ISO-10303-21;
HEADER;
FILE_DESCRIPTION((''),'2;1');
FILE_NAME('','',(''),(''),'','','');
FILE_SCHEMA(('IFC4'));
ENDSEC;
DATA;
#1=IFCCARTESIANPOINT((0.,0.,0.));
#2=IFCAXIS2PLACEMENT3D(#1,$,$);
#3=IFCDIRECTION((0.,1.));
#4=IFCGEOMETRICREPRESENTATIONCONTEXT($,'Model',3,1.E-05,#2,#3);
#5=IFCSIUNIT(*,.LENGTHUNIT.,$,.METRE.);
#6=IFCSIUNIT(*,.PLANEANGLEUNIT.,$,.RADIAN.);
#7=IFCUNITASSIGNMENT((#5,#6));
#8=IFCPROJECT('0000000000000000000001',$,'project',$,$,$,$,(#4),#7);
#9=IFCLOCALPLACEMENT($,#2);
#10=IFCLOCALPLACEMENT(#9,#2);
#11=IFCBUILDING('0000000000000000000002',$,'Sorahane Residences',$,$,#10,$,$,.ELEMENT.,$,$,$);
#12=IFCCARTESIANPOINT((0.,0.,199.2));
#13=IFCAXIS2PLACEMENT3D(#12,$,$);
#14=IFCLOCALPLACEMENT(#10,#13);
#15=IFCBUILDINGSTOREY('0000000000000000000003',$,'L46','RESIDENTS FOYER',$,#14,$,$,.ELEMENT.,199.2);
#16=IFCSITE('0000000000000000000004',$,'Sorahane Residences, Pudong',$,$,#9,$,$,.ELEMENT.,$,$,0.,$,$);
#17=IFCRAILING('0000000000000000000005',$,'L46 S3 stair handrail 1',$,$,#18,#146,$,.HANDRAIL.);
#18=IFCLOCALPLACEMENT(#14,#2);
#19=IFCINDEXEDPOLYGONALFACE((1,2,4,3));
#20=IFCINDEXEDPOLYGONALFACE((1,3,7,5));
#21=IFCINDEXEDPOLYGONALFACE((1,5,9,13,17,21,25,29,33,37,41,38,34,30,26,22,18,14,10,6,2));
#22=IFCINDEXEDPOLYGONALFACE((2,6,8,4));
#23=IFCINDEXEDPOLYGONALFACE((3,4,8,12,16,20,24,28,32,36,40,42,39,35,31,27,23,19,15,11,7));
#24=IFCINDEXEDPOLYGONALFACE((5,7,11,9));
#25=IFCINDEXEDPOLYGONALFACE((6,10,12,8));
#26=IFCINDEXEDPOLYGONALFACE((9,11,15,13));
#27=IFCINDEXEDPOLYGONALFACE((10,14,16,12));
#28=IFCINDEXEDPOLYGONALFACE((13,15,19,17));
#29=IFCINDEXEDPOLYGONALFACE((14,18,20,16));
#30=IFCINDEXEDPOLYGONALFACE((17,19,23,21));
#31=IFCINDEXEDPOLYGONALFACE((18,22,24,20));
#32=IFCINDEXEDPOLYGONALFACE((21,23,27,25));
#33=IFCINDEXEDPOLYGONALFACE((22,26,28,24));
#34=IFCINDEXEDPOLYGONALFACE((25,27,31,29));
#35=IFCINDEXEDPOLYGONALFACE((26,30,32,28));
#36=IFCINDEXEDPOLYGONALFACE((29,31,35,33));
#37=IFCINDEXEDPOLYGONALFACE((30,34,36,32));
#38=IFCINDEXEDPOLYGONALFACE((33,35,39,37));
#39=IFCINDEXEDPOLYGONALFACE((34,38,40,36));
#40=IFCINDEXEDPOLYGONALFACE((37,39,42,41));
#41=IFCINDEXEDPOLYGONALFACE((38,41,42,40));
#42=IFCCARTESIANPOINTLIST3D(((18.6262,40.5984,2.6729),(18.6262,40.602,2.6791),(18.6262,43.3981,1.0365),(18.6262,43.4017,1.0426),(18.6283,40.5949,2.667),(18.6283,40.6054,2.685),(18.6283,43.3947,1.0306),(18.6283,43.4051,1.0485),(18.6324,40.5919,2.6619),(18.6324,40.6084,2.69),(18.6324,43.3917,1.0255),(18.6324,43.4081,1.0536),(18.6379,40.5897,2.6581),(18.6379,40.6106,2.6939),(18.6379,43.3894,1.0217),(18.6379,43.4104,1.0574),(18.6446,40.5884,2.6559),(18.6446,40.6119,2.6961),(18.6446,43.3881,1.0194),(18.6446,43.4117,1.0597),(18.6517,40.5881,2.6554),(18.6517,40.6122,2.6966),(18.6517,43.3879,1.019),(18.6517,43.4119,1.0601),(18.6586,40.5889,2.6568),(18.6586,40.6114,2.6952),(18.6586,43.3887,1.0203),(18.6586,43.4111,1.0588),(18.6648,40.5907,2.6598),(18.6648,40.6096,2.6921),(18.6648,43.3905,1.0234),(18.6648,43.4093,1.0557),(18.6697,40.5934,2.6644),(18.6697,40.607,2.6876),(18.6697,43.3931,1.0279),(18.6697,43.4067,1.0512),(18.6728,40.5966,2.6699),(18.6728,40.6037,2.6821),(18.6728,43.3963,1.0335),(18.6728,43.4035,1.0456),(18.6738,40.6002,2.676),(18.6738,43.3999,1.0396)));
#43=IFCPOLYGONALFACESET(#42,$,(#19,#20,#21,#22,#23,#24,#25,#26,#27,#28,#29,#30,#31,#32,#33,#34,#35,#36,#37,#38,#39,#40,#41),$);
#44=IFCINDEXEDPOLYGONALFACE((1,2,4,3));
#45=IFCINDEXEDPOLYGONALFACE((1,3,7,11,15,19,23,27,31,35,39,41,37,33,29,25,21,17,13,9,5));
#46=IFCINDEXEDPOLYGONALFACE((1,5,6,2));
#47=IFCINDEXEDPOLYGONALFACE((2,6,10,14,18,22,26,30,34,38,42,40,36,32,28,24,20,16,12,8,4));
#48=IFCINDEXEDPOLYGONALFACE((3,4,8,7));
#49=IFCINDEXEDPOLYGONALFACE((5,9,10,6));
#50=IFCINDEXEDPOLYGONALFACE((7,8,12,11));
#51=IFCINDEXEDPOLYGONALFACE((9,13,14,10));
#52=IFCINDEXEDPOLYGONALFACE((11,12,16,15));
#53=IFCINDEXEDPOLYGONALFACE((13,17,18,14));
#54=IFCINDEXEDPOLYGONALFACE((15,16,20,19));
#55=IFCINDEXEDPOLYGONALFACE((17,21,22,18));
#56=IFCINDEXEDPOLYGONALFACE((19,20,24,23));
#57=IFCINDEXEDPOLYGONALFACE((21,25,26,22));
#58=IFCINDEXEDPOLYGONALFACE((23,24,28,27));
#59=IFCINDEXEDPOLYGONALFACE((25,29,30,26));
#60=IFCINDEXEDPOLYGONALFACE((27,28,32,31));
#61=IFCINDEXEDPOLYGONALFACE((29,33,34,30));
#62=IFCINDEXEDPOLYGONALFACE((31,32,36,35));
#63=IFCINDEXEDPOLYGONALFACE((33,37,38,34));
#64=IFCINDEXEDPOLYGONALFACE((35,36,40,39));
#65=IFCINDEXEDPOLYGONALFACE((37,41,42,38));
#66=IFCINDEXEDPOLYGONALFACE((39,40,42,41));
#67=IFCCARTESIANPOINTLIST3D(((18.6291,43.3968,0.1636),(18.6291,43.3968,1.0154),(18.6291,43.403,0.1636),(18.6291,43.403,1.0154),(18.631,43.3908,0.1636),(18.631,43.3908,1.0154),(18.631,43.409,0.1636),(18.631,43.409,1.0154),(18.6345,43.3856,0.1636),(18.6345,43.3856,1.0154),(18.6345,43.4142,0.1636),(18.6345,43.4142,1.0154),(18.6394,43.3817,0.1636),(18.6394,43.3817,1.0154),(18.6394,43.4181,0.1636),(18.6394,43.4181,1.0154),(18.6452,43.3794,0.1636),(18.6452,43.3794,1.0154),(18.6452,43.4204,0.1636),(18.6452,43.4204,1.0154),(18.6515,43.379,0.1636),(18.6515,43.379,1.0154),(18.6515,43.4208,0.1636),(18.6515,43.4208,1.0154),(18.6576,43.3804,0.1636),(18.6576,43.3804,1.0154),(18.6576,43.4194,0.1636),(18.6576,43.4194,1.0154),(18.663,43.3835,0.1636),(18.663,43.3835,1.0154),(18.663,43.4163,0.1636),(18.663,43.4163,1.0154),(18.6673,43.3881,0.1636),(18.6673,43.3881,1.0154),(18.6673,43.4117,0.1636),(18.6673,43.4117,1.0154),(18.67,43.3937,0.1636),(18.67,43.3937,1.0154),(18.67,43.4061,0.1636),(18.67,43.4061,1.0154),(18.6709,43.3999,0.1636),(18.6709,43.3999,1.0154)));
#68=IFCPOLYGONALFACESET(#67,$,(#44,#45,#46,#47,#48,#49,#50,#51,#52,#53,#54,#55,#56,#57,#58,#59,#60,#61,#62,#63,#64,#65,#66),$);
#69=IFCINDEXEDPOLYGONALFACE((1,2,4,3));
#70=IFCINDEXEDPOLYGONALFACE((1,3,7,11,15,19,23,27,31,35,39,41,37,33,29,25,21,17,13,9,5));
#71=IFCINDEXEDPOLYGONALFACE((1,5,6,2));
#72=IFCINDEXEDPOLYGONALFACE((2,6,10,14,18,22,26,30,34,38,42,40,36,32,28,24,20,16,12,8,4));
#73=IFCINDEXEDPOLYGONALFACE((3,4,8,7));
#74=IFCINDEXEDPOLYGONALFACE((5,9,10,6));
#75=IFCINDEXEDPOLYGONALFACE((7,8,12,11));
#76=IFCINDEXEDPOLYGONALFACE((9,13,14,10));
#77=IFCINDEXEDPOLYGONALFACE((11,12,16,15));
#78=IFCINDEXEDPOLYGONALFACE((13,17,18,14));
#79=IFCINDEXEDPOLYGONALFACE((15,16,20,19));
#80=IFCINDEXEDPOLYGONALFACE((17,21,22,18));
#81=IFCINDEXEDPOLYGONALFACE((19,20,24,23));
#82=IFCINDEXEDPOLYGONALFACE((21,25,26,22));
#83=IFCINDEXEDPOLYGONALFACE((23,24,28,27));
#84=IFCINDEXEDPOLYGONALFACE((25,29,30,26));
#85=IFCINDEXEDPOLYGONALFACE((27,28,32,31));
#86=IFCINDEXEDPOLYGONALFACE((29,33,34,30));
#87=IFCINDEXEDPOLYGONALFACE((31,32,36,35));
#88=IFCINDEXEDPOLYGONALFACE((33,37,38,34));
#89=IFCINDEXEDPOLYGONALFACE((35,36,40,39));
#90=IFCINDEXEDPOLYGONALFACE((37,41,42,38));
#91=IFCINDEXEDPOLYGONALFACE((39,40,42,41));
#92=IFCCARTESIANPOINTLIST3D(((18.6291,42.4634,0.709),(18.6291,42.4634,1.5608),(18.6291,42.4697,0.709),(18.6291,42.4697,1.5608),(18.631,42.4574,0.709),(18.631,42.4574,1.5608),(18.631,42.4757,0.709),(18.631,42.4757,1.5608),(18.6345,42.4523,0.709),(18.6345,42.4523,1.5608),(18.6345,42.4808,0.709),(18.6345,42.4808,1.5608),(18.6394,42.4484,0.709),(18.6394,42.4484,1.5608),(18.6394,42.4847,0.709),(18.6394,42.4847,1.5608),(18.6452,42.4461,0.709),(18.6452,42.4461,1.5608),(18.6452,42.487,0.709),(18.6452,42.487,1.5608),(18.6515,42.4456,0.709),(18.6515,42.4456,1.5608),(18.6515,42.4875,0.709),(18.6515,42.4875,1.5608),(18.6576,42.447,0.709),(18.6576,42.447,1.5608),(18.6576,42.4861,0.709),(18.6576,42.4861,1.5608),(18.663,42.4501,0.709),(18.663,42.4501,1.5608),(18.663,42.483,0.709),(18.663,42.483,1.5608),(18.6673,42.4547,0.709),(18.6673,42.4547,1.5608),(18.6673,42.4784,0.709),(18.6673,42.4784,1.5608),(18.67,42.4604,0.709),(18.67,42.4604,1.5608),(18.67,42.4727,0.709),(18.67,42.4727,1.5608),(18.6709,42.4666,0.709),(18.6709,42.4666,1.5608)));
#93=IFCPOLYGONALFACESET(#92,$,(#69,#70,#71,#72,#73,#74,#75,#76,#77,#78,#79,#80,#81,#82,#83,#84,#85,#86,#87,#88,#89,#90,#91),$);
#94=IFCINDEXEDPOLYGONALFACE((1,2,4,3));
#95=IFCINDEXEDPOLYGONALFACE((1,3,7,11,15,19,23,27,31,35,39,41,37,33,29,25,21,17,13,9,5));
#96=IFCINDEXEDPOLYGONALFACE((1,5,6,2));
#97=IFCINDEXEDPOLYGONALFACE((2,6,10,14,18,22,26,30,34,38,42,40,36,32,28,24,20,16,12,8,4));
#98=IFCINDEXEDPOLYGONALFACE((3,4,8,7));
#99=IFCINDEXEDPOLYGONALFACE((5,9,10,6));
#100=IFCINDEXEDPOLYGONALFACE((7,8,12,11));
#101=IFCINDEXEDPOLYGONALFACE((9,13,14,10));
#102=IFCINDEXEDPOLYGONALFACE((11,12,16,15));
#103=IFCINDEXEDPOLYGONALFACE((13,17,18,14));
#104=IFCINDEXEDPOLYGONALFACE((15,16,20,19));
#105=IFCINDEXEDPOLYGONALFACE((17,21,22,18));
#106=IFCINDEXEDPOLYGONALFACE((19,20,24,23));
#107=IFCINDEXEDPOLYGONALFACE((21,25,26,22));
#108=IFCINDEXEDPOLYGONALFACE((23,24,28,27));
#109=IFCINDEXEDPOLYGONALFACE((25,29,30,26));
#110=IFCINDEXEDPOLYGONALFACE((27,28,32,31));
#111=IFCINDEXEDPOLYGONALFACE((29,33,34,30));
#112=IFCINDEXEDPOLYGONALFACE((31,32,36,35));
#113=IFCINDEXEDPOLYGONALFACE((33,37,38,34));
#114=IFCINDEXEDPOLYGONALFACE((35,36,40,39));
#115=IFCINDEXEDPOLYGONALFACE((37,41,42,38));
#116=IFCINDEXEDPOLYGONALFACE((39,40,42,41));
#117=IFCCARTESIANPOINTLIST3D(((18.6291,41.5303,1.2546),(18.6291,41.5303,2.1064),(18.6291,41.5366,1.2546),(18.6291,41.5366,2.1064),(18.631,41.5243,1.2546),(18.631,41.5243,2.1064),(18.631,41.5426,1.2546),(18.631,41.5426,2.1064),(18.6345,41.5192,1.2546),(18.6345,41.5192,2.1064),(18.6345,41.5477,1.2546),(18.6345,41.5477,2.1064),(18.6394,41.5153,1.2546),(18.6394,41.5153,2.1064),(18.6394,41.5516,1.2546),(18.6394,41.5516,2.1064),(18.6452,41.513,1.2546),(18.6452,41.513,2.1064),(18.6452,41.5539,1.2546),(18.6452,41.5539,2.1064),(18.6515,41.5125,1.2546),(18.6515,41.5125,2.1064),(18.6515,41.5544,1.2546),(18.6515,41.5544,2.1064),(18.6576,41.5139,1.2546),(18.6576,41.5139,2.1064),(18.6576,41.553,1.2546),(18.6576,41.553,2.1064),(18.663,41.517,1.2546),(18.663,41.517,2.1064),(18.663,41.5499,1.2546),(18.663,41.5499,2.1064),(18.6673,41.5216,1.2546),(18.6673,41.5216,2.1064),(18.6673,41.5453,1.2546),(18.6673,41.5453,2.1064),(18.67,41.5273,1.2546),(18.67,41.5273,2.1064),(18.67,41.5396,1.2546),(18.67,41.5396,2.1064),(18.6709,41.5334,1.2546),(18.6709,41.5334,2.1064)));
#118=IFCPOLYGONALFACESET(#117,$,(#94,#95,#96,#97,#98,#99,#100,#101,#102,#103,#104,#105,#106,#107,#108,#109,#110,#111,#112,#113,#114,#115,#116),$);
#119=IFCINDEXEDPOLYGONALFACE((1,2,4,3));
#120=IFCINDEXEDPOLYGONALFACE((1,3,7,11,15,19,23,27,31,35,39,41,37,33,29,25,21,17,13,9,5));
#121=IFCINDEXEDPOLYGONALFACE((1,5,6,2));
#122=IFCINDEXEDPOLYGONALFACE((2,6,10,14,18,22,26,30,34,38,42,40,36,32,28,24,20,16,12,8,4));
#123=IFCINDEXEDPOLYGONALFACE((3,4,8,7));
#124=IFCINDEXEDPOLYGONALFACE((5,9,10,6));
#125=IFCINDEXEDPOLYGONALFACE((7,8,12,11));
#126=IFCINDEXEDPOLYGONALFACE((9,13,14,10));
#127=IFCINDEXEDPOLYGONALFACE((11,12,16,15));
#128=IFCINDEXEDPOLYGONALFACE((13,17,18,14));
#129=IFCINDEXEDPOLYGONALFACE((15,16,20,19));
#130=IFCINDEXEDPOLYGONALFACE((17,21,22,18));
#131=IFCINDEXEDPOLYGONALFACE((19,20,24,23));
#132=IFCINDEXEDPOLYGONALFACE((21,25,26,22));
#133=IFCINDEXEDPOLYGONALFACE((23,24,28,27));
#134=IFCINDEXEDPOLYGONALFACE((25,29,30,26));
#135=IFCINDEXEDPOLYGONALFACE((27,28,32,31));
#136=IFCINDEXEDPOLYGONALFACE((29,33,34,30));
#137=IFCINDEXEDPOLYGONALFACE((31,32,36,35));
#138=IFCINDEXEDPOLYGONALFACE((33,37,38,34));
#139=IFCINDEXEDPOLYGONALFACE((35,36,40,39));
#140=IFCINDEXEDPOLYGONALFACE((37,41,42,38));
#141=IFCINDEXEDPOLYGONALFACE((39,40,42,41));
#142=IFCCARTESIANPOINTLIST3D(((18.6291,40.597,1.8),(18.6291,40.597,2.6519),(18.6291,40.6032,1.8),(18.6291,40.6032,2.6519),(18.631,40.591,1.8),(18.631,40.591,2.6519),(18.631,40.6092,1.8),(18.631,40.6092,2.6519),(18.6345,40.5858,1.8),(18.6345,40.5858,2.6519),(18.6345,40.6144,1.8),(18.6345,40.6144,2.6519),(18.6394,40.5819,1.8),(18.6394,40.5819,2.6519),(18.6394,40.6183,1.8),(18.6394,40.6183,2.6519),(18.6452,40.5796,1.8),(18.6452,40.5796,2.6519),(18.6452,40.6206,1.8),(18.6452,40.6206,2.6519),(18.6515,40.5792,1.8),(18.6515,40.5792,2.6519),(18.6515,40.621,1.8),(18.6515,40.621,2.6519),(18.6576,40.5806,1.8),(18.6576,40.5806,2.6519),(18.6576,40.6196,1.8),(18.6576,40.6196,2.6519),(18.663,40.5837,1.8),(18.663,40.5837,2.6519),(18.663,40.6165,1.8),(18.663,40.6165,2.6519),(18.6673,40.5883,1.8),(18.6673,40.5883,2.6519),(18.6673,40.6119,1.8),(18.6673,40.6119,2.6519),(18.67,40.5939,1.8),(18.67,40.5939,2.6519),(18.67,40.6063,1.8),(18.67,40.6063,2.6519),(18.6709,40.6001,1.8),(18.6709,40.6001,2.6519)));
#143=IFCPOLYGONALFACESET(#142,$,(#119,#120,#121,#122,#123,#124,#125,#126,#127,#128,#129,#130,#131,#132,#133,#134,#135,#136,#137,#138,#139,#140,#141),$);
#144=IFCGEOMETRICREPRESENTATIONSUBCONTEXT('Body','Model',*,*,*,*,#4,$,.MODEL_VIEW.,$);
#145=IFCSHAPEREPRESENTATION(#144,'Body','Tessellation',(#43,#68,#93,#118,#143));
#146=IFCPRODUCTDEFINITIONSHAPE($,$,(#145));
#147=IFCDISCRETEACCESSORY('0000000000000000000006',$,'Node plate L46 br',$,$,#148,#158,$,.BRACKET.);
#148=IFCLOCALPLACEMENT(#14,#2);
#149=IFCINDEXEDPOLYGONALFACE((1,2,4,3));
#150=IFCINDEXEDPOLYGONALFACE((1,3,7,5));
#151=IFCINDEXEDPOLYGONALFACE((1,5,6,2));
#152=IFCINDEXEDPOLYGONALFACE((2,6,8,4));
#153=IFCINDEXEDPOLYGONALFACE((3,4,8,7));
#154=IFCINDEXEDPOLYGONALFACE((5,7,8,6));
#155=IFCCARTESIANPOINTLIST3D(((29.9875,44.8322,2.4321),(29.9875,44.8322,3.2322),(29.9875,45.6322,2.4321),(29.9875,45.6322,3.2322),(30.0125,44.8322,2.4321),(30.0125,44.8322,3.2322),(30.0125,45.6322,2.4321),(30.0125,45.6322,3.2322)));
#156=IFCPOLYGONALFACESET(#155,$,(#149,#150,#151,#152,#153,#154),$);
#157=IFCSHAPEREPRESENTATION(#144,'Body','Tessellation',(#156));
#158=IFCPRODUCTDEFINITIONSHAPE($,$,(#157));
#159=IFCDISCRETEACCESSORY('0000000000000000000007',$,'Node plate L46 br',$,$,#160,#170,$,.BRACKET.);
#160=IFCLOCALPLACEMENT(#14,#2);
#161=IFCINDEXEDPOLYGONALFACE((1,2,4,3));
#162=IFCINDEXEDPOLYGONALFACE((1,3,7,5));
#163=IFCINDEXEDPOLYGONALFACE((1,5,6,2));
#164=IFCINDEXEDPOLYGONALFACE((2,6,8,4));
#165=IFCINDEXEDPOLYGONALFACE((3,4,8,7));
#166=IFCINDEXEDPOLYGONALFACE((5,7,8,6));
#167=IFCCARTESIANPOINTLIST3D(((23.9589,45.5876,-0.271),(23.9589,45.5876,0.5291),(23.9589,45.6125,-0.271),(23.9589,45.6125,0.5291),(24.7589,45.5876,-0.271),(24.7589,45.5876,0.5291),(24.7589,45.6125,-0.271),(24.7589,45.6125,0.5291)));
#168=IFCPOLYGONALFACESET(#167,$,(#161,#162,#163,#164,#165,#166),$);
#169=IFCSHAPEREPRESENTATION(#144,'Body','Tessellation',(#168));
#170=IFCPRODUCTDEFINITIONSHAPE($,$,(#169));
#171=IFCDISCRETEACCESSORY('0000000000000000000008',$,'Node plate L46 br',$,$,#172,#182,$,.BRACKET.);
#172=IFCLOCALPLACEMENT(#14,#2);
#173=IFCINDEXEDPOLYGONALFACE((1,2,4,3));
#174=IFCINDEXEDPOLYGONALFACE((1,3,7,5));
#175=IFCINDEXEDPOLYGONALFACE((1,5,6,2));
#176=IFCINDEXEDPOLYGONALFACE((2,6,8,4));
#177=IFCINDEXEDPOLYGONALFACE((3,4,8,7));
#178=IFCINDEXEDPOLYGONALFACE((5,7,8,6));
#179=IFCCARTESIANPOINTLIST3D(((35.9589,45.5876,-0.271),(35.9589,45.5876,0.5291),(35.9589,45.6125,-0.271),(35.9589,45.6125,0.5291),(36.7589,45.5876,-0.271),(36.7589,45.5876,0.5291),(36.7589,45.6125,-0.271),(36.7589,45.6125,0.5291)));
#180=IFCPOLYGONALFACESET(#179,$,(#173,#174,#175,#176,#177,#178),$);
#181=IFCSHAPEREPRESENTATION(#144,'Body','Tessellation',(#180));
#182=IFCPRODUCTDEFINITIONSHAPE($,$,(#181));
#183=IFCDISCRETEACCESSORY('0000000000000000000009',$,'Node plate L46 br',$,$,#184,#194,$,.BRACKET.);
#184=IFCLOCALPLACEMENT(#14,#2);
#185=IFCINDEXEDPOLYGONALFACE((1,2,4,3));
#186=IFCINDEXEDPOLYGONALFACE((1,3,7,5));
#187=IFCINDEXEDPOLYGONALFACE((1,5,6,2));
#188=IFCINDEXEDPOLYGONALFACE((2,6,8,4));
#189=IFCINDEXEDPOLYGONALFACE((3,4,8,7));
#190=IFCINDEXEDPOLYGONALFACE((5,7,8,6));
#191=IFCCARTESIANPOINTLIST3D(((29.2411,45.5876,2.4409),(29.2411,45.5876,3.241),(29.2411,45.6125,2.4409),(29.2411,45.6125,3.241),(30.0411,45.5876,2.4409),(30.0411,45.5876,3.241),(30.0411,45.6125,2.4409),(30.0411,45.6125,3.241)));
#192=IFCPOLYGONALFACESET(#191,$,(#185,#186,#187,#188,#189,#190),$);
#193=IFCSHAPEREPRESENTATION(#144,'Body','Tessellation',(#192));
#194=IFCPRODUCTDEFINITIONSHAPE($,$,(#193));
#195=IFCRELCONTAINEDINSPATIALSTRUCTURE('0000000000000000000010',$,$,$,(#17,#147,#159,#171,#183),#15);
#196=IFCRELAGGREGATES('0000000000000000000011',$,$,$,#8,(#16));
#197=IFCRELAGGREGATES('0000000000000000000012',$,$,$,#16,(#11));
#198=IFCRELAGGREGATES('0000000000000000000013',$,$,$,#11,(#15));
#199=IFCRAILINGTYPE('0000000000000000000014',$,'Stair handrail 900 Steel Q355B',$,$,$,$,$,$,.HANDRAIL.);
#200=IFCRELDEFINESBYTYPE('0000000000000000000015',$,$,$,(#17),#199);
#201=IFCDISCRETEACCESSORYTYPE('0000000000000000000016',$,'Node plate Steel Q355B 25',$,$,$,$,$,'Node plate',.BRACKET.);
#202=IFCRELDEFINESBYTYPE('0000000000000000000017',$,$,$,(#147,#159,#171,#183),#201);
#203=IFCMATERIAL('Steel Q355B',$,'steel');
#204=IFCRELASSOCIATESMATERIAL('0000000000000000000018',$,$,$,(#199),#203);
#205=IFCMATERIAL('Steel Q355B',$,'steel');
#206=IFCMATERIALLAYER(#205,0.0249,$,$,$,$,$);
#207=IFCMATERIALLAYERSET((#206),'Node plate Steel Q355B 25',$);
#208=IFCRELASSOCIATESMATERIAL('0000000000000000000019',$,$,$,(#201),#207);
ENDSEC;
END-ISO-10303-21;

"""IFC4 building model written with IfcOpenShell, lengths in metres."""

from ifc_helpers import new_model, si_unit, direction, frame, origin, origin_2d, place, context, subcontext, project, spatial, rectangle, circle, extrude, material, layer, layer_set, type_object, element, save


model = new_model("IFC4")

# Units and contexts
model_context = context("Model", 3, precision=1e-05, world=origin(), true_north=direction((0.0, 1.0)))
body_context = subcontext(model_context, "Body", "Model", "MODEL_VIEW")
ifc_project = project(units=[si_unit("LENGTHUNIT", "METRE"), si_unit("PLANEANGLEUNIT", "RADIAN")], contexts=[model_context])

# Site, building, storey
site_placement = place(None, origin())
site = spatial("IfcSite", under=ifc_project, at=site_placement, Name="Sorahane Residences, Pudong", CompositionType="ELEMENT", RefElevation=0.0)
building_placement = place(site_placement, origin())
building = spatial("IfcBuilding", under=site, at=building_placement, Name="Sorahane Residences", CompositionType="ELEMENT")
storey_placement = place(building_placement, frame((0.0, 0.0, 199.2)))
storey = spatial("IfcBuildingStorey", under=building, at=storey_placement, Name="L46", Description="RESIDENTS FOYER", CompositionType="ELEMENT", Elevation=199.2)

# Railing
ifc_material_1 = material(Name="Steel Q355B", Category="steel")
railing_type_1 = type_object("IfcRailingType", Name="Stair handrail 900 Steel Q355B", PredefinedType="HANDRAIL", material=ifc_material_1)
railing_1_placement = place(storey_placement, frame((18.6499, 43.3999, 0.1636)))
element("IfcRailing", 1, at=railing_1_placement, inside=storey, type_object=railing_type_1, Name="L46 S3 stair handrail 1", PredefinedType="HANDRAIL", context=body_context, shape_type="SweptSolid", body=[
    extrude(circle(Radius=0.0239, at=origin_2d()), frame((0.0, 0.0, 0.876), z_axis=(0.0, -0.863342, 0.50462), x_axis=(1.0, 0.0, 0.0)), (0.0, 0.0, 1.0), 3.2429),
    extrude(circle(Radius=0.021, at=origin_2d()), origin(), (0.0, 0.0, 1.0), 0.8518),
    extrude(circle(Radius=0.021, at=origin_2d()), frame((0.0, -0.9333, 0.5454)), (0.0, 0.0, 1.0), 0.8518),
    extrude(circle(Radius=0.021, at=origin_2d()), frame((0.0, -1.8665, 1.0911)), (0.0, 0.0, 1.0), 0.8518),
    extrude(circle(Radius=0.021, at=origin_2d()), frame((0.0, -2.7998, 1.6365)), (0.0, 0.0, 1.0), 0.8518),
])

# Discrete accessories
ifc_material_2 = material(Name="Steel Q355B", Category="steel")
ifc_layer_1 = layer(ifc_material_2, 0.0249)
ifc_layer_set_1 = layer_set([ifc_layer_1], Name="Node plate Steel Q355B 25")
discrete_accessory_type = type_object("IfcDiscreteAccessoryType", Name="Node plate Steel Q355B 25", ElementType="Node plate", PredefinedType="BRACKET", material=ifc_layer_set_1)
for number, where, z_axis, x_axis, name in (
    (2, (30.0, 45.2322, 2.4321), (0.0, 0.0, 1.0), (0.0, 1.0, 0.0), "Node plate L46 br"),
    (3, (24.3589, 45.6001, -0.271), (0.0, 0.0, 1.0), (1.0, 0.0, 0.0), "Node plate L46 br"),
    (4, (36.3589, 45.6001, -0.271), (0.0, 0.0, 1.0), (1.0, 0.0, 0.0), "Node plate L46 br"),
    (5, (29.6411, 45.6001, 2.4409), (0.0, 0.0, 1.0), (1.0, 0.0, 0.0), "Node plate L46 br"),
):
    element("IfcDiscreteAccessory", number, at=place(storey_placement, frame(where, z_axis=z_axis, x_axis=x_axis)), inside=storey, type_object=discrete_accessory_type, Name=name, PredefinedType="BRACKET", context=body_context, shape_type="SweptSolid", body=[
        extrude(rectangle(XDim=0.8, YDim=0.0249, at=origin_2d()), origin(), (0.0, 0.0, 1.0), 0.8),
    ])

save(model, "model.ifc")
